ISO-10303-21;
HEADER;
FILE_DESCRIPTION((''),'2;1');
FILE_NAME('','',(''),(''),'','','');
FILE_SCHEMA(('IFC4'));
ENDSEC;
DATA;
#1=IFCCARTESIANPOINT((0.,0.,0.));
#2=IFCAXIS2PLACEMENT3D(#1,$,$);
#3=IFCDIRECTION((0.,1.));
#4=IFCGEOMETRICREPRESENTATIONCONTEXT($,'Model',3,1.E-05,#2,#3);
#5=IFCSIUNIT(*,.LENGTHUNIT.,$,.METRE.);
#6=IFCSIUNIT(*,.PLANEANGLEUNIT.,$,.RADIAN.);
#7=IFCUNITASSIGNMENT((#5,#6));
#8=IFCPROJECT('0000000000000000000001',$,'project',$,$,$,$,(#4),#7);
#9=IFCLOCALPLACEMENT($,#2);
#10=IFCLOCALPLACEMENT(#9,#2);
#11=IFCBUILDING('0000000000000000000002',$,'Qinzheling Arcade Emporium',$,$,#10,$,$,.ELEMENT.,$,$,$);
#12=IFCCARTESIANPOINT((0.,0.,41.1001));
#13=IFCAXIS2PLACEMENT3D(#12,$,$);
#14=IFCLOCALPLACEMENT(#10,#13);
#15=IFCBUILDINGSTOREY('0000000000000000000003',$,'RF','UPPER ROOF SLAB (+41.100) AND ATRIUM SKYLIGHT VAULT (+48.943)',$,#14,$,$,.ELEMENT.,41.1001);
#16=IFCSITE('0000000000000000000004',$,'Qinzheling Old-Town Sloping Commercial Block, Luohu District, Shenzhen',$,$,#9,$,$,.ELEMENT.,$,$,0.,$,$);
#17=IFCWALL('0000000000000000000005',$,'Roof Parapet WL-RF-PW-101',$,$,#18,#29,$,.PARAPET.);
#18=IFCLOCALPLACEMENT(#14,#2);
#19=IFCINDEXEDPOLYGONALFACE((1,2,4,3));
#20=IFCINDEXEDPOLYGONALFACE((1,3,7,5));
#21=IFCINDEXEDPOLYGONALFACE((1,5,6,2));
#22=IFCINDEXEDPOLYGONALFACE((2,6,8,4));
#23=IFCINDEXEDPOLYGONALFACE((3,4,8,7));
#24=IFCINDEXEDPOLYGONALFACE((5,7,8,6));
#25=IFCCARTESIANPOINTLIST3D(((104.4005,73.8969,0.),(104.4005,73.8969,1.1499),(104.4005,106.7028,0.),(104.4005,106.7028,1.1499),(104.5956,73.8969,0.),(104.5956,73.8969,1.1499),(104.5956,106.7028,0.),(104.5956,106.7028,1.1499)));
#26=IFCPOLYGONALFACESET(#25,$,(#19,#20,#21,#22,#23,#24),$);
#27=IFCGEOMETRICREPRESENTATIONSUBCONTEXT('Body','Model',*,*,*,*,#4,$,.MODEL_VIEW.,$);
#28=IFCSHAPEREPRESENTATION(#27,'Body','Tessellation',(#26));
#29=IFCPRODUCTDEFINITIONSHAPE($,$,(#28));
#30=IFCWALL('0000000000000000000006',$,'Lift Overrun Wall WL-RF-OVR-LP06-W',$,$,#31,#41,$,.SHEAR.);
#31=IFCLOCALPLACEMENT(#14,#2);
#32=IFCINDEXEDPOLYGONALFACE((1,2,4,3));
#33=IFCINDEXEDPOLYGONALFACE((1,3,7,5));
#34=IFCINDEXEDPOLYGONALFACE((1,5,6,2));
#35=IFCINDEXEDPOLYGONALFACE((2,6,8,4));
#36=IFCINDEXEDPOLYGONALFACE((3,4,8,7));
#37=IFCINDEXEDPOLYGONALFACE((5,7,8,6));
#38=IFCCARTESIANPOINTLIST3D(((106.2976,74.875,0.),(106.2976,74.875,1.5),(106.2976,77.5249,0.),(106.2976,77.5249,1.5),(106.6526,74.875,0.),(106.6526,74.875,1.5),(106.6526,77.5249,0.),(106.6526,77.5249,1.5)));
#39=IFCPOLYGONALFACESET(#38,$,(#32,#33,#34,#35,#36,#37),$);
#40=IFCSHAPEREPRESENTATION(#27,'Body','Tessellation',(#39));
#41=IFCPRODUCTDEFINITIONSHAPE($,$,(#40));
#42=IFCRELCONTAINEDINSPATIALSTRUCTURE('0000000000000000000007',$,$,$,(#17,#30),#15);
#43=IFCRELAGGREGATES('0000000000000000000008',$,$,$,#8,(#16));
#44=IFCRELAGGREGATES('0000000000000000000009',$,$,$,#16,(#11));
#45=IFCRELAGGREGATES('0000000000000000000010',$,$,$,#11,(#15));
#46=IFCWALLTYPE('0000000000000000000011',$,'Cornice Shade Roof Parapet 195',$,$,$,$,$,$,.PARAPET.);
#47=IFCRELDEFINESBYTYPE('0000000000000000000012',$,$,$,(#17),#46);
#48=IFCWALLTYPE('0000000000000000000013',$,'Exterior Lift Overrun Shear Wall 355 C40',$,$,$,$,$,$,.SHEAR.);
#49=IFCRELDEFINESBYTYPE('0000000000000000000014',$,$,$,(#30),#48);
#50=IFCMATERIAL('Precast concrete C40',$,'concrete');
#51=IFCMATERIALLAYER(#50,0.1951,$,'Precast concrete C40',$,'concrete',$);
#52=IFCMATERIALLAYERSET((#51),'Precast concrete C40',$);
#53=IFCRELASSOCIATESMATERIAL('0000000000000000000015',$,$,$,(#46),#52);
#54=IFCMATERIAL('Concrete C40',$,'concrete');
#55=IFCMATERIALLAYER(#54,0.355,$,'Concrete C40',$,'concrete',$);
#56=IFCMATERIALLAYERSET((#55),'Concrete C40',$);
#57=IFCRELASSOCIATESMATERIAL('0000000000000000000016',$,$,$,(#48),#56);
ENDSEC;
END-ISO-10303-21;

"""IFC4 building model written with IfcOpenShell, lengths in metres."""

from ifc_helpers import new_model, si_unit, direction, frame, frame_2d, origin, place, context, subcontext, project, spatial, rectangle, extrude, material, layer, layer_set, type_object, element, save


model = new_model("IFC4")

# Units and contexts
model_context = context("Model", 3, precision=1e-05, world=origin(), true_north=direction((0.0, 1.0)))
body_context = subcontext(model_context, "Body", "Model", "MODEL_VIEW")
ifc_project = project(units=[si_unit("LENGTHUNIT", "METRE"), si_unit("PLANEANGLEUNIT", "RADIAN")], contexts=[model_context])

# Site, building, storey
site_placement = place(None, origin())
site = spatial("IfcSite", under=ifc_project, at=site_placement, Name="Qinzheling Old-Town Sloping Commercial Block, Luohu District, Shenzhen", CompositionType="ELEMENT", RefElevation=0.0)
building_placement = place(site_placement, origin())
building = spatial("IfcBuilding", under=site, at=building_placement, Name="Qinzheling Arcade Emporium", CompositionType="ELEMENT")
storey_placement = place(building_placement, frame((0.0, 0.0, 41.1001)))
storey = spatial("IfcBuildingStorey", under=building, at=storey_placement, Name="RF", Description="UPPER ROOF SLAB (+41.100) AND ATRIUM SKYLIGHT VAULT (+48.943)", CompositionType="ELEMENT", Elevation=41.1001)

# Walls
ifc_material_1 = material(Name="Precast concrete C40", Category="concrete")
ifc_layer_1 = layer(ifc_material_1, 0.1951, Name="Precast concrete C40", Category="concrete")
ifc_layer_set_1 = layer_set([ifc_layer_1], Name="Precast concrete C40")
wall_type_1 = type_object("IfcWallType", Name="Cornice Shade Roof Parapet 195", PredefinedType="PARAPET", material=ifc_layer_set_1)
wall_1_placement = place(storey_placement, frame((104.498, 73.897, 0.0), z_axis=(0.0, 0.0, 1.0), x_axis=(0.0, 1.0, 0.0)))
element("IfcWall", 1, at=wall_1_placement, inside=storey, type_object=wall_type_1, Name="Roof Parapet WL-RF-PW-101", PredefinedType="PARAPET", context=body_context, shape_type="SweptSolid", body=[
    extrude(rectangle(XDim=32.8059, YDim=0.1951, at=frame_2d((16.4028, 0.0))), origin(), (0.0, 0.0, 1.0), 1.1499),
])
ifc_material_2 = material(Name="Concrete C40", Category="concrete")
ifc_layer_2 = layer(ifc_material_2, 0.355, Name="Concrete C40", Category="concrete")
ifc_layer_set_2 = layer_set([ifc_layer_2], Name="Concrete C40")
wall_type_2 = type_object("IfcWallType", Name="Exterior Lift Overrun Shear Wall 355 C40", PredefinedType="SHEAR", material=ifc_layer_set_2)
wall_2_placement = place(storey_placement, frame((106.4751, 74.875, 0.0), z_axis=(0.0, 0.0, 1.0), x_axis=(0.0, 1.0, 0.0)))
element("IfcWall", 2, at=wall_2_placement, inside=storey, type_object=wall_type_2, Name="Lift Overrun Wall WL-RF-OVR-LP06-W", PredefinedType="SHEAR", context=body_context, shape_type="SweptSolid", body=[
    extrude(rectangle(XDim=2.6499, YDim=0.355, at=frame_2d((1.325, 0.0))), origin(), (0.0, 0.0, 1.0), 1.5),
])

save(model, "model.ifc")
